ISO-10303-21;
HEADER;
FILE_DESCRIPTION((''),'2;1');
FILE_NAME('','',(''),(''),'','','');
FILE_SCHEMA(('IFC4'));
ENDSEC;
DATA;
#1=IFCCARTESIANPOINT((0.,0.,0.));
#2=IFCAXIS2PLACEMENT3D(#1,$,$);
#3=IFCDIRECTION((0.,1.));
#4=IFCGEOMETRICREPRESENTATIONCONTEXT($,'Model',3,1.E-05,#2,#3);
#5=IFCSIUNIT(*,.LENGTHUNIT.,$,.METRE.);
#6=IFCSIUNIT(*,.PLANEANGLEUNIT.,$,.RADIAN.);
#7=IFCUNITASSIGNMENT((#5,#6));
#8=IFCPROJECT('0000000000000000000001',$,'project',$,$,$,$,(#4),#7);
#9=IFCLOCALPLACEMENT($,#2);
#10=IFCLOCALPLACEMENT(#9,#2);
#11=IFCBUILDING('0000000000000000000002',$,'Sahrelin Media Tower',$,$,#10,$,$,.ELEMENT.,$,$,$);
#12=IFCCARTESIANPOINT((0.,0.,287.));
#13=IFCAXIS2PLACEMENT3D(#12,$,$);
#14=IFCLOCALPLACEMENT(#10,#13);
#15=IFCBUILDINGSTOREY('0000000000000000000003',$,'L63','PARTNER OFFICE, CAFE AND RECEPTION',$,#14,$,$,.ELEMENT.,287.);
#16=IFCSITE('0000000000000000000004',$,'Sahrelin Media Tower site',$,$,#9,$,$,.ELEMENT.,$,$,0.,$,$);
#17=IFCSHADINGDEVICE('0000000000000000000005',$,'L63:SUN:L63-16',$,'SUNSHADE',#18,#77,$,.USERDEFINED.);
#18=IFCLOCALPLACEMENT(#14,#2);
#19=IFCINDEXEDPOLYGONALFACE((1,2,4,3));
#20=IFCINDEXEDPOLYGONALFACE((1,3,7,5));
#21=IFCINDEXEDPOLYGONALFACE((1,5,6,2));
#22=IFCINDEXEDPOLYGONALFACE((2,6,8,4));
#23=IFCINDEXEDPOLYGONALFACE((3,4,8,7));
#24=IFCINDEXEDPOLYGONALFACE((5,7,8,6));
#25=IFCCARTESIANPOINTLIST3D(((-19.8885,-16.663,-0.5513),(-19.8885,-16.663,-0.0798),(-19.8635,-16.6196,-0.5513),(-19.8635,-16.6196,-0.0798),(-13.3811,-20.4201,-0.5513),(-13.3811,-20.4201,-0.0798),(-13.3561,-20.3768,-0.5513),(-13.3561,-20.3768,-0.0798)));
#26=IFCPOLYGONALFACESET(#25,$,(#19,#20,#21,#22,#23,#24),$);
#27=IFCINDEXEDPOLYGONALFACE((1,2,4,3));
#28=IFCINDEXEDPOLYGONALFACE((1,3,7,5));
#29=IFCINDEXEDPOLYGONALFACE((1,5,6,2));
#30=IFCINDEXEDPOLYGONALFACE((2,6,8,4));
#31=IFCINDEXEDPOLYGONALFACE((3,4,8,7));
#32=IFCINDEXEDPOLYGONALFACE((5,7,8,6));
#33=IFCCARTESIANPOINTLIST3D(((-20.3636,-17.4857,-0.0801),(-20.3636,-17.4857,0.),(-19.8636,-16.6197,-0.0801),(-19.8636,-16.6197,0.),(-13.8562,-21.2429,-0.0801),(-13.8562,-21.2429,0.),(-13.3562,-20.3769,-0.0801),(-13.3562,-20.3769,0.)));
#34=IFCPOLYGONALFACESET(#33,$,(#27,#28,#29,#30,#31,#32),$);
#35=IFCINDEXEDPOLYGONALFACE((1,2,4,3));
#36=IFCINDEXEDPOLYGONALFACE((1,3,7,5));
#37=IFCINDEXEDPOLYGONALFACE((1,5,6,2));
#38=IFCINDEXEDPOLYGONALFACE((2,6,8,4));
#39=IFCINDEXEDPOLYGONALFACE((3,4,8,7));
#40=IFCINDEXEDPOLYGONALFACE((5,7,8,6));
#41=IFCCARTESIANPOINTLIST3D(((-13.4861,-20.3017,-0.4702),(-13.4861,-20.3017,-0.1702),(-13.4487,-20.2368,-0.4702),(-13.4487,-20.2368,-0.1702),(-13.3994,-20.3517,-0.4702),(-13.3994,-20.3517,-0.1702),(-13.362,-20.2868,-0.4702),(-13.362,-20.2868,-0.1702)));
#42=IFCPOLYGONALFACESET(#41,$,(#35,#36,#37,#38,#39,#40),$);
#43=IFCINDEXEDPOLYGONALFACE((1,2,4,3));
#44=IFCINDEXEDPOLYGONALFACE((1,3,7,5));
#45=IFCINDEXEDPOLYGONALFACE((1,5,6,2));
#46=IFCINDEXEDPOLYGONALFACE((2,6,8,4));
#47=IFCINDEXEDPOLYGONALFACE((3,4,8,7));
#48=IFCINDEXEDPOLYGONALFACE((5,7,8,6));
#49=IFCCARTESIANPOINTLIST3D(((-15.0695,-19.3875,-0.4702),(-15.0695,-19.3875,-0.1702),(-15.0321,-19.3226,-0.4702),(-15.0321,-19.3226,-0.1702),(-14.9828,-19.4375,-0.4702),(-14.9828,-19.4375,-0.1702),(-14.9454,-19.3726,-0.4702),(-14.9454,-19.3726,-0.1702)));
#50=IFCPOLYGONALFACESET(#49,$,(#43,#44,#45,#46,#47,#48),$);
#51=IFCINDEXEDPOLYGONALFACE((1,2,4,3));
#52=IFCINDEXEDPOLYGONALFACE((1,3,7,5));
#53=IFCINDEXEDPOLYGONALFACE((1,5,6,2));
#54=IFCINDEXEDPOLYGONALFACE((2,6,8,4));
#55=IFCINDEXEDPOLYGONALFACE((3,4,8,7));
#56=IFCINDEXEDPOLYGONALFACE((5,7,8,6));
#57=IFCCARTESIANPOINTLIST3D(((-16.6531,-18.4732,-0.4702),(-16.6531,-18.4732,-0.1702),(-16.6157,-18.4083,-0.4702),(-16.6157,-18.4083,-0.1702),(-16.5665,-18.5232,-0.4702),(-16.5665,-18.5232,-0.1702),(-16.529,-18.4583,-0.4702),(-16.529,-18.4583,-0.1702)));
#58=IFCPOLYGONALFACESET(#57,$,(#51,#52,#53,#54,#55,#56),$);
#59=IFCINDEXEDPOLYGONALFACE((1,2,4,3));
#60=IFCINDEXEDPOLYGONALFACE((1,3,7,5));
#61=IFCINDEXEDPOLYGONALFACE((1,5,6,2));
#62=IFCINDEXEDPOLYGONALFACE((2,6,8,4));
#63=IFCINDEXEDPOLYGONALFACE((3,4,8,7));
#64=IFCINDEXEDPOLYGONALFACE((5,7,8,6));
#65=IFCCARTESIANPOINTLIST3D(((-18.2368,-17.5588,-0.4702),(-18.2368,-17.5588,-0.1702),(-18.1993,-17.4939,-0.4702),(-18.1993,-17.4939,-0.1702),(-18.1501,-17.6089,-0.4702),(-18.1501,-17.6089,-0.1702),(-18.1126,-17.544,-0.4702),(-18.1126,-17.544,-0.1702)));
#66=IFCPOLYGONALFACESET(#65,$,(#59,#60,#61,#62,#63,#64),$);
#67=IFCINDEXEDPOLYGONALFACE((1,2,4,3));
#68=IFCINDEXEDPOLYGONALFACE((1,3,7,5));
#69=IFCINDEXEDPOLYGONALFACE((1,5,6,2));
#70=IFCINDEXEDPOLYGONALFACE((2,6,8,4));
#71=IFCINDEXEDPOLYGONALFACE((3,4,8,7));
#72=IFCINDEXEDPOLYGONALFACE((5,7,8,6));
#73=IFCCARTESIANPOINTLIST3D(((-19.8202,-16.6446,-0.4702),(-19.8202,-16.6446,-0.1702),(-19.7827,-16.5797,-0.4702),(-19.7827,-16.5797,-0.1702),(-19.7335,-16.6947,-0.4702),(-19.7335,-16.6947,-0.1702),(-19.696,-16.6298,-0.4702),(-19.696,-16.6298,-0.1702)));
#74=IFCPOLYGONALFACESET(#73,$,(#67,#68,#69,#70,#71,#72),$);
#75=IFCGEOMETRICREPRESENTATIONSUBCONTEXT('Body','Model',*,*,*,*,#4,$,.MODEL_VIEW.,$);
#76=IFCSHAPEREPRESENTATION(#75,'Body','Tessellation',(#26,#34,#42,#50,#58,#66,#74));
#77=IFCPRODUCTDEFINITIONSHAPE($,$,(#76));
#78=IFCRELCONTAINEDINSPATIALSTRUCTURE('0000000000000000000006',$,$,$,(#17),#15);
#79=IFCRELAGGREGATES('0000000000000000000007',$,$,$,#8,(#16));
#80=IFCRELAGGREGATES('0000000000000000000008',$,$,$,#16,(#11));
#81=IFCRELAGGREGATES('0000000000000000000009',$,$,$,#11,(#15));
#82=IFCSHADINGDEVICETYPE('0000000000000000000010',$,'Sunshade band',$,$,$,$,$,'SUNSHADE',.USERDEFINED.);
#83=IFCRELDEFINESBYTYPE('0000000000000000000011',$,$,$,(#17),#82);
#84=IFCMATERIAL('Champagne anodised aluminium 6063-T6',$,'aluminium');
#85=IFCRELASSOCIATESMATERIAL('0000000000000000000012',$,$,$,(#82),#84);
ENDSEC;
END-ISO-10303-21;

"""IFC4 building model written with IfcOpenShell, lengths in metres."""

from ifc_helpers import new_model, si_unit, direction, frame, origin, origin_2d, place, context, subcontext, project, spatial, rectangle, extrude, material, type_object, element, save


model = new_model("IFC4")

# Units and contexts
model_context = context("Model", 3, precision=1e-05, world=origin(), true_north=direction((0.0, 1.0)))
body_context = subcontext(model_context, "Body", "Model", "MODEL_VIEW")
ifc_project = project(units=[si_unit("LENGTHUNIT", "METRE"), si_unit("PLANEANGLEUNIT", "RADIAN")], contexts=[model_context])

# Site, building, storey
site_placement = place(None, origin())
site = spatial("IfcSite", under=ifc_project, at=site_placement, Name="Sahrelin Media Tower site", CompositionType="ELEMENT", RefElevation=0.0)
building_placement = place(site_placement, origin())
building = spatial("IfcBuilding", under=site, at=building_placement, Name="Sahrelin Media Tower", CompositionType="ELEMENT")
storey_placement = place(building_placement, frame((0.0, 0.0, 287.0)))
storey = spatial("IfcBuildingStorey", under=building, at=storey_placement, Name="L63", Description="PARTNER OFFICE, CAFE AND RECEPTION", CompositionType="ELEMENT", Elevation=287.0)

# Shared definitions
ifc_material_1 = material(Name="Champagne anodised aluminium 6063-T6", Category="aluminium")

# Shading device
placement_1 = place(storey_placement, frame((-16.5999, -18.481, 0.0), z_axis=(0.0, 0.0, 1.0), x_axis=(-0.866019, 0.500011, 0.0)))
shading_device_type_1 = type_object("IfcShadingDeviceType", Name="Sunshade band", ElementType="SUNSHADE", PredefinedType="USERDEFINED", material=ifc_material_1)
element("IfcShadingDevice", 1, at=placement_1, inside=storey, type_object=shading_device_type_1, Name="L63:SUN:L63-16", ObjectType="SUNSHADE", PredefinedType="USERDEFINED", context=body_context, shape_type="SweptSolid", body=[
    extrude(rectangle(XDim=7.5142, YDim=0.05, at=origin_2d()), frame((0.0, 0.0449, -0.5513)), (0.0, 0.0, 1.0), 0.4714),
    extrude(rectangle(XDim=7.5142, YDim=1.0, at=origin_2d()), frame((0.0, 0.52, -0.0801)), (0.0, 0.0, 1.0), 0.0801),
    extrude(rectangle(XDim=0.1001, YDim=0.075, at=origin_2d()), frame((-3.657, -0.0176, -0.4702)), (0.0, 0.0, 1.0), 0.3),
    extrude(rectangle(XDim=0.1001, YDim=0.075, at=origin_2d()), frame((-1.8286, -0.0176, -0.4702)), (0.0, 0.0, 1.0), 0.3),
    extrude(rectangle(XDim=0.1001, YDim=0.075, at=origin_2d()), frame((0.0, -0.0176, -0.4702)), (0.0, 0.0, 1.0), 0.3),
    extrude(rectangle(XDim=0.1001, YDim=0.075, at=origin_2d()), frame((1.8286, -0.0176, -0.4702)), (0.0, 0.0, 1.0), 0.3),
    extrude(rectangle(XDim=0.1001, YDim=0.075, at=origin_2d()), frame((3.657, -0.0176, -0.4702)), (0.0, 0.0, 1.0), 0.3),
])

save(model, "model.ifc")
